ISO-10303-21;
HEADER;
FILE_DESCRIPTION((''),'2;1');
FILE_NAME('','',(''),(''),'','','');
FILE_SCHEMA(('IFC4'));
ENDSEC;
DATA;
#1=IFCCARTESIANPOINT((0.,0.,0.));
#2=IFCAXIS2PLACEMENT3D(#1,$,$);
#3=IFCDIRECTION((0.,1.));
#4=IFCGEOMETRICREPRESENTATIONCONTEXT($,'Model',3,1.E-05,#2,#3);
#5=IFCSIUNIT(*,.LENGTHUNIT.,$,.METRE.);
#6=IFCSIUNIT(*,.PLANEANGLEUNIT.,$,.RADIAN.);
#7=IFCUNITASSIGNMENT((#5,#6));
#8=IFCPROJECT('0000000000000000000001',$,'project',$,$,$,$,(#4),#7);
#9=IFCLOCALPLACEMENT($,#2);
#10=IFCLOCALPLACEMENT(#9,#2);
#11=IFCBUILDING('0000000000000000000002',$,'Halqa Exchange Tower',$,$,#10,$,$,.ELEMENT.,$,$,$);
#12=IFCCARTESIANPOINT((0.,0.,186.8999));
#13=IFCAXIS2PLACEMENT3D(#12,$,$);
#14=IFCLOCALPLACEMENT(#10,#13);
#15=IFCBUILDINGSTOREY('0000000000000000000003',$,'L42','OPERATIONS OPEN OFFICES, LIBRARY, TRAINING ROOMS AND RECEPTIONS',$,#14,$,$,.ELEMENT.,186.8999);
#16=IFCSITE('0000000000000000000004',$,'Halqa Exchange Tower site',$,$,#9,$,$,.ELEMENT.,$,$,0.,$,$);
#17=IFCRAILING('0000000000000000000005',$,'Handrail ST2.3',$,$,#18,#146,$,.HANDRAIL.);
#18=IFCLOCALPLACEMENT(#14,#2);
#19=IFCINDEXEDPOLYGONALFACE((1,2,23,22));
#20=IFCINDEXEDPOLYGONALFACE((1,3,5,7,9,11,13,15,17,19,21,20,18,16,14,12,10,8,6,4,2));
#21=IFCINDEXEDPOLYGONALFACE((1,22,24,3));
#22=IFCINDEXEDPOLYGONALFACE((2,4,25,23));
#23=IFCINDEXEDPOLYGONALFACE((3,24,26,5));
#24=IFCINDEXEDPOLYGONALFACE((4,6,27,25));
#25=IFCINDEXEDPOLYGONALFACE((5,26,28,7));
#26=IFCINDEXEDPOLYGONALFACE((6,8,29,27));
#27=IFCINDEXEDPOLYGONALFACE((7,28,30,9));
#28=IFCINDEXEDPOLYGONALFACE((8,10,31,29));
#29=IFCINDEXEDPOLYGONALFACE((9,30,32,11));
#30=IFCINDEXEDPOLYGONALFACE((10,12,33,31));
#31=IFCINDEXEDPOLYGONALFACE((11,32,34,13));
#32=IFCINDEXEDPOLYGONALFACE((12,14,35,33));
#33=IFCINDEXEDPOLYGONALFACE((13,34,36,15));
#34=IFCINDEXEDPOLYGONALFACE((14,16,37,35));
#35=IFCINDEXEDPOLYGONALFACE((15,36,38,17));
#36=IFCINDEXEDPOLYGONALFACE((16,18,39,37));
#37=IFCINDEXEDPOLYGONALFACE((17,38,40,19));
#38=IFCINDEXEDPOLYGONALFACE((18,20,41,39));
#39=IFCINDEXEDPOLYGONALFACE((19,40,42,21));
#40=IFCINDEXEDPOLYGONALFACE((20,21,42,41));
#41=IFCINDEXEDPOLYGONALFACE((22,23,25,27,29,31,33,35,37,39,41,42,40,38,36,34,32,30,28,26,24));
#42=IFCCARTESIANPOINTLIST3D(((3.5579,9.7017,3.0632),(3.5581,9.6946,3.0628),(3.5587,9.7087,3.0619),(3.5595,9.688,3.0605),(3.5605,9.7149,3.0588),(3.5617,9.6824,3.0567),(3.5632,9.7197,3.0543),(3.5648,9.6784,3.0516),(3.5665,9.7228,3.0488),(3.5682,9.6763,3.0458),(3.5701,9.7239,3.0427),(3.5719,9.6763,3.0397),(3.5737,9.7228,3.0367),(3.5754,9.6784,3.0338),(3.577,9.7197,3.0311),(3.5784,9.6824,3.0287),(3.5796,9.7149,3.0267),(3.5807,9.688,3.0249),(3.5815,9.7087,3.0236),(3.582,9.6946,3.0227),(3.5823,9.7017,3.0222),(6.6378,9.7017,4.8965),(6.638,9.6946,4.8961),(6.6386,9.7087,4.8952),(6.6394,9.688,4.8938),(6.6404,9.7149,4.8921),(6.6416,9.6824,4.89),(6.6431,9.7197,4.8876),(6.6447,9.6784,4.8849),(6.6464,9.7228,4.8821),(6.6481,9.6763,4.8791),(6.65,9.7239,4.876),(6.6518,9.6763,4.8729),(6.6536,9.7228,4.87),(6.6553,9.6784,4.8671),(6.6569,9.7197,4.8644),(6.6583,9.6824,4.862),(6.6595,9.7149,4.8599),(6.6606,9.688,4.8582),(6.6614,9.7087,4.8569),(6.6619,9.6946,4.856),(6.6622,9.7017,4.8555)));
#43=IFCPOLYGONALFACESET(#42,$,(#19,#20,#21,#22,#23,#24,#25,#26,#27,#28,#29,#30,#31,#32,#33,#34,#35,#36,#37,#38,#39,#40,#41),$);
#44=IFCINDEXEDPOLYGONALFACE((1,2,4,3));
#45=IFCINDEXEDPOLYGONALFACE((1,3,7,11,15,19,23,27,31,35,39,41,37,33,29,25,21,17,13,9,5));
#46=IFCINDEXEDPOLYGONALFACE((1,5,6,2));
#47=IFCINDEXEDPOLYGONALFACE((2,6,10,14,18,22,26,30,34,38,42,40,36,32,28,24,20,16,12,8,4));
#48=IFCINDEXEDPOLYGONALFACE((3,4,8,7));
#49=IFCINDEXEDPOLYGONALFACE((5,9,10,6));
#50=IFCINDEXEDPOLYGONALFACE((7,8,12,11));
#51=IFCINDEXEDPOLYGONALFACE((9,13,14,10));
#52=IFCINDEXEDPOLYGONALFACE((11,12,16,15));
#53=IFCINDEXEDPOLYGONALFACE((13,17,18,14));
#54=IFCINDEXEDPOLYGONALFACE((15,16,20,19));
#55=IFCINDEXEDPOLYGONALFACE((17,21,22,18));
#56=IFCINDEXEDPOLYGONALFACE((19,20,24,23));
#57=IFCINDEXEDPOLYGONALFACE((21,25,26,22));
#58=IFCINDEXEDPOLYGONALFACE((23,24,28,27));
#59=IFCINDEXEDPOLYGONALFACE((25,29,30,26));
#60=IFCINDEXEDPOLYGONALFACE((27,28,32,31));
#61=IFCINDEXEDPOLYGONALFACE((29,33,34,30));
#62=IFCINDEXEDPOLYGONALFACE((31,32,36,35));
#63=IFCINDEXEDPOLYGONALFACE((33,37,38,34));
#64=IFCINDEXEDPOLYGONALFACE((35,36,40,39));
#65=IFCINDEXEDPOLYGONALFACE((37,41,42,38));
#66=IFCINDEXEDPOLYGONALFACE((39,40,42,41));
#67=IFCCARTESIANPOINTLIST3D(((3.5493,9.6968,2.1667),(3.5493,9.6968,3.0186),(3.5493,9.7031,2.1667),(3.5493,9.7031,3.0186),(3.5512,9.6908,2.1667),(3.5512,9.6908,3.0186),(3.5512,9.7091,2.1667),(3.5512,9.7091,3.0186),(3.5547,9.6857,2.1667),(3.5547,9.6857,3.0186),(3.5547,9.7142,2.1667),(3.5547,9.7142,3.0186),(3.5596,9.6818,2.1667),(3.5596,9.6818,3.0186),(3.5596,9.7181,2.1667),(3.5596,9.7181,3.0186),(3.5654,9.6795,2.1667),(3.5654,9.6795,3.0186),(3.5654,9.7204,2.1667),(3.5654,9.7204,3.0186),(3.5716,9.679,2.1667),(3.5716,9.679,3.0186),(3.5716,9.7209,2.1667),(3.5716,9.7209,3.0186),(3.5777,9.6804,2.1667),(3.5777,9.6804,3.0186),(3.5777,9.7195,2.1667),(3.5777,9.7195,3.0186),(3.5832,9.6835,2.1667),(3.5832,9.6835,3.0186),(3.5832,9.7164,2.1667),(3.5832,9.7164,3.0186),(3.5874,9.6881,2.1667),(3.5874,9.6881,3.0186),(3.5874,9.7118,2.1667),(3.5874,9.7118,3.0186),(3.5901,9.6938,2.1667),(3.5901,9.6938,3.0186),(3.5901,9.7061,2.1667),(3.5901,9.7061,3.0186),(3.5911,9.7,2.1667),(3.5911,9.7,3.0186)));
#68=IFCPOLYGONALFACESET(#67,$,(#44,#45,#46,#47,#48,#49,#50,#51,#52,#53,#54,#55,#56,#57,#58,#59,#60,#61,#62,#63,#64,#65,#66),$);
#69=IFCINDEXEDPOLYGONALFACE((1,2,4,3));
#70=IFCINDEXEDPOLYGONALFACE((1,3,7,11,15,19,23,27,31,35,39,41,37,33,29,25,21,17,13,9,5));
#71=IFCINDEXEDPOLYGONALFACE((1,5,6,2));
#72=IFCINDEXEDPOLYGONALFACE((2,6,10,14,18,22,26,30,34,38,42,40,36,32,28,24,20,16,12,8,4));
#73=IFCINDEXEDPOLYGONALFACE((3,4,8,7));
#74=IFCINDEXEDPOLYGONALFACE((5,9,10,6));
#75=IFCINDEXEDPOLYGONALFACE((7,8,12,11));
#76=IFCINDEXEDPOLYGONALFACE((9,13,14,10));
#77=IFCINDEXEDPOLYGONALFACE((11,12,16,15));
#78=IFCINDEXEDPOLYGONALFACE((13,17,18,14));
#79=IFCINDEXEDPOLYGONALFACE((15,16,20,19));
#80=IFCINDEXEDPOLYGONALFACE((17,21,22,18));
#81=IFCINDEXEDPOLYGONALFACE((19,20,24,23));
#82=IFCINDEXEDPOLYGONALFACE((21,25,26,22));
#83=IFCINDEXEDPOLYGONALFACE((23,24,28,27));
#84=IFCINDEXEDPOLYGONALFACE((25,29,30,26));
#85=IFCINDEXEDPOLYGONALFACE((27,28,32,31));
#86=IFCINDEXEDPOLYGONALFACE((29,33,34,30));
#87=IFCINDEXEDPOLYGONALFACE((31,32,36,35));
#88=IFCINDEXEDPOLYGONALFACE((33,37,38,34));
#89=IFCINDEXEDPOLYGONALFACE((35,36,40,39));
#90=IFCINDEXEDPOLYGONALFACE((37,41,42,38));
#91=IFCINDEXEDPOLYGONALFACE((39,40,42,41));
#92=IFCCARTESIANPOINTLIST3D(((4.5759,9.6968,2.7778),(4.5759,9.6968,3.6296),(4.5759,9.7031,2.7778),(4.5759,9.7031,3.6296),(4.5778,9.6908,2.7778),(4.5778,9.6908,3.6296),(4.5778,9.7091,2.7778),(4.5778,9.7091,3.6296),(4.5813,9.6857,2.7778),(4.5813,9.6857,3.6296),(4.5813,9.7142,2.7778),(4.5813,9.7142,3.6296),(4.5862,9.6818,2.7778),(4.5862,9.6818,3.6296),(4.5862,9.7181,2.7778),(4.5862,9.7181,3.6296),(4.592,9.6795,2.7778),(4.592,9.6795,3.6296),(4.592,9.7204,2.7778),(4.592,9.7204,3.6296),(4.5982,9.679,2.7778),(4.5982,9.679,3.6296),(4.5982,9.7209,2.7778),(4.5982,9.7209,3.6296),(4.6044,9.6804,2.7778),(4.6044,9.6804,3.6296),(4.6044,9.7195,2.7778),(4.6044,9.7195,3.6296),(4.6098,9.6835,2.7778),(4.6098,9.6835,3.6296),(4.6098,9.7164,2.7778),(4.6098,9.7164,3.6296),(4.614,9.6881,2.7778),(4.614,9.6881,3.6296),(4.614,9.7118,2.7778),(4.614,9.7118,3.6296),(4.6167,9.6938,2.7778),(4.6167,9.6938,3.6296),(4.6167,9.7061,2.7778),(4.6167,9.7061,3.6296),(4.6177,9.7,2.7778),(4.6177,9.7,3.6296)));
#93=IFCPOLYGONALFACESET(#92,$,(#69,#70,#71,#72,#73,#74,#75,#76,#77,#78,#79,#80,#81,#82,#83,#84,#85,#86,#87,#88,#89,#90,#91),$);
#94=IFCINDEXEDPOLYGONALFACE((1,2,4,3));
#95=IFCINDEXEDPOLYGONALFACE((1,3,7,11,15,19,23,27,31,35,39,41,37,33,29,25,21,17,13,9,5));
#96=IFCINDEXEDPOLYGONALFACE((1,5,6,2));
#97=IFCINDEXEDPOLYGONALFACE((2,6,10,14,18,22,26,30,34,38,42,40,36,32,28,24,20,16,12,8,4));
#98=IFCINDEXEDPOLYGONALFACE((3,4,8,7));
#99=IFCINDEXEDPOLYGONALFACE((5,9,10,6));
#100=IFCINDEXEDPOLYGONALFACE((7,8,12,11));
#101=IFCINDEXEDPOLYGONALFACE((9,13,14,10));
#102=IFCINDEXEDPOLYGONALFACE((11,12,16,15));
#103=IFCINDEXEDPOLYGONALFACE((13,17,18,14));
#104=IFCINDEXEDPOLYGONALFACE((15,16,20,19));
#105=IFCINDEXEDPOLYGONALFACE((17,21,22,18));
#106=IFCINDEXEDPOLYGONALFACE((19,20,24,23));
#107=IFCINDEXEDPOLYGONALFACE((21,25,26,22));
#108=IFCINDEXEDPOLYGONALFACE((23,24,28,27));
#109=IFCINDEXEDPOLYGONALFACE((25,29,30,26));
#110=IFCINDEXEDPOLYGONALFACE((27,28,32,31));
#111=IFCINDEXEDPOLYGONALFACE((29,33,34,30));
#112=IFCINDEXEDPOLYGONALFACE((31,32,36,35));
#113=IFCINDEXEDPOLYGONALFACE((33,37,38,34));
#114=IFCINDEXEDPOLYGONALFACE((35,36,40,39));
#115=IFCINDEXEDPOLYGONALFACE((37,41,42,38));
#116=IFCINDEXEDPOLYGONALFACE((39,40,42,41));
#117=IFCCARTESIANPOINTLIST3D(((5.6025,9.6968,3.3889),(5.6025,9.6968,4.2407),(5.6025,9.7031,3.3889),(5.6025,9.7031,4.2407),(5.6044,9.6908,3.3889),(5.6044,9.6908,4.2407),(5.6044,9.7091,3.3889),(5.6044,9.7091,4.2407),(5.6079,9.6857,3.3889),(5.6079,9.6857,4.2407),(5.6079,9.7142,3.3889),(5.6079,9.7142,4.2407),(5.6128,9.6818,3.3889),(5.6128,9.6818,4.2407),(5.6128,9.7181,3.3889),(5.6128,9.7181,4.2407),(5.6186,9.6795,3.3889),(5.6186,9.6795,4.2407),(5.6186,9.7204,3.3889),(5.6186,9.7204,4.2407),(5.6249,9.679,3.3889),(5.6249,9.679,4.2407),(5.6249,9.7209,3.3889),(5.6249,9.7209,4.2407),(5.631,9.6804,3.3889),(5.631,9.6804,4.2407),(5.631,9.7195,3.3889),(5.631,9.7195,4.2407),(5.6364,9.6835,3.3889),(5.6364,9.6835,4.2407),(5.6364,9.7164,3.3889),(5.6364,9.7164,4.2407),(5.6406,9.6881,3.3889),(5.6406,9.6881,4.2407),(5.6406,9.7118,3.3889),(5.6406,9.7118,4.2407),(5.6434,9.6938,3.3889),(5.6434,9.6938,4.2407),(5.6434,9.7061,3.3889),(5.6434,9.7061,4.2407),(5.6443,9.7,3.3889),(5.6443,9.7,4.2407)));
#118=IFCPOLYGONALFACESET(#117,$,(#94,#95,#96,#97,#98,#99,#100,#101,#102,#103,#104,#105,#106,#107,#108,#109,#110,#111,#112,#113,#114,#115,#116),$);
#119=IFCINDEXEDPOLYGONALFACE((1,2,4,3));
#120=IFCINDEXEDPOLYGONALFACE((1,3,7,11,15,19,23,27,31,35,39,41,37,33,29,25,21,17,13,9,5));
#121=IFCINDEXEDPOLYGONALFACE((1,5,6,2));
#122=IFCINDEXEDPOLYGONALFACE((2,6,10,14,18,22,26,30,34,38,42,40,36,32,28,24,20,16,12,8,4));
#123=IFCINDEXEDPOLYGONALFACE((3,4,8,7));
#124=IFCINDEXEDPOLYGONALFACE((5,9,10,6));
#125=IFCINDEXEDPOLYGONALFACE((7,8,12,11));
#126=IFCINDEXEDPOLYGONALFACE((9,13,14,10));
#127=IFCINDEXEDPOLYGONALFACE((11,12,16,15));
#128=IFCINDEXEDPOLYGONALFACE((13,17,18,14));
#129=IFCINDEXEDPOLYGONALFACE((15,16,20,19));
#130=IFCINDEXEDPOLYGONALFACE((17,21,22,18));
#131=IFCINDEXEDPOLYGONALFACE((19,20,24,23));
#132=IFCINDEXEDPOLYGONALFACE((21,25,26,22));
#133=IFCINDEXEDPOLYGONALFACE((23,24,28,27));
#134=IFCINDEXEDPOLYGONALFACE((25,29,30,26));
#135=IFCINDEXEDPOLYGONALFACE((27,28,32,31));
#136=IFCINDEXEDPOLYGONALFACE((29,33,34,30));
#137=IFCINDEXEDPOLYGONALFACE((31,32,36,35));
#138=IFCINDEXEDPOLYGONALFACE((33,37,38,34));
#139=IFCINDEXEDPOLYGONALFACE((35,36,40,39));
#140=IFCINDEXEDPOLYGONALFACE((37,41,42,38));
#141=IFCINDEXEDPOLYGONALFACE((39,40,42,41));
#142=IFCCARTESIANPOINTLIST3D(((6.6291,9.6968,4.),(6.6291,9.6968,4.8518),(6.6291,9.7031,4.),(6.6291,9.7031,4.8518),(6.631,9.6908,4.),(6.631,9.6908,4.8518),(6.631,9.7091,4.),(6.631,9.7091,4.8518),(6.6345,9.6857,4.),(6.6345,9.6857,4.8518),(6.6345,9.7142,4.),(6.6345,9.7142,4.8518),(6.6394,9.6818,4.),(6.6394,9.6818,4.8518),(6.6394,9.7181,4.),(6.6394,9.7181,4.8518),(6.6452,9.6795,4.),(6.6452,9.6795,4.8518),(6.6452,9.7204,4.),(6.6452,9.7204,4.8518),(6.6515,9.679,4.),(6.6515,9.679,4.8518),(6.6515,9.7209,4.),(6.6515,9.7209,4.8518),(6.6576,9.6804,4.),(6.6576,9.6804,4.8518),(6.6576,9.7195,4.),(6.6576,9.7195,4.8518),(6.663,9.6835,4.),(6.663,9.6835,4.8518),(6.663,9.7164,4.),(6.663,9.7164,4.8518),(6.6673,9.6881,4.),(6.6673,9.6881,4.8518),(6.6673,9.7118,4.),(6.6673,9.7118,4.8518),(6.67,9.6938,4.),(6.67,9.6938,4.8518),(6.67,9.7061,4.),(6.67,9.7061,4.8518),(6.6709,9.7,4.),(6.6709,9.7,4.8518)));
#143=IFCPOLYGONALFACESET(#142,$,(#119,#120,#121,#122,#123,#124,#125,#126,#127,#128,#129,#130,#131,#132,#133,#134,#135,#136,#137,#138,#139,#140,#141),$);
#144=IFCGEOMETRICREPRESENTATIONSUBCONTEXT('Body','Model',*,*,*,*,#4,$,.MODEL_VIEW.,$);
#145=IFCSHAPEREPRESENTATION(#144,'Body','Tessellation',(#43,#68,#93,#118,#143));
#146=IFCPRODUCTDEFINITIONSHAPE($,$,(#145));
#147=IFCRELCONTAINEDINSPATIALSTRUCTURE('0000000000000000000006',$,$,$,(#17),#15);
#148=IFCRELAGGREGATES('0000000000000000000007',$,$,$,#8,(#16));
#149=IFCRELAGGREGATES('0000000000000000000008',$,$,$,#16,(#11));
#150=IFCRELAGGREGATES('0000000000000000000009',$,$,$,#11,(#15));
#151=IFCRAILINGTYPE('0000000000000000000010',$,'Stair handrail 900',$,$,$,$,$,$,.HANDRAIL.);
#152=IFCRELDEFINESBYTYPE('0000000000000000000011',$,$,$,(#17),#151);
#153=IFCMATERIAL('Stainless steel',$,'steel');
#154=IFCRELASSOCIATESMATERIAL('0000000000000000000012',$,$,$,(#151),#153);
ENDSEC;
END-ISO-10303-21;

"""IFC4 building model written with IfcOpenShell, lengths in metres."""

from ifc_helpers import new_model, si_unit, direction, frame, origin, origin_2d, place, context, subcontext, project, spatial, circle, extrude, material, type_object, element, save


model = new_model("IFC4")

# Units and contexts
model_context = context("Model", 3, precision=1e-05, world=origin(), true_north=direction((0.0, 1.0)))
body_context = subcontext(model_context, "Body", "Model", "MODEL_VIEW")
ifc_project = project(units=[si_unit("LENGTHUNIT", "METRE"), si_unit("PLANEANGLEUNIT", "RADIAN")], contexts=[model_context])

# Site, building, storey
site_placement = place(None, origin())
site = spatial("IfcSite", under=ifc_project, at=site_placement, Name="Halqa Exchange Tower site", CompositionType="ELEMENT", RefElevation=0.0)
building_placement = place(site_placement, origin())
building = spatial("IfcBuilding", under=site, at=building_placement, Name="Halqa Exchange Tower", CompositionType="ELEMENT")
storey_placement = place(building_placement, frame((0.0, 0.0, 186.8999)))
storey = spatial("IfcBuildingStorey", under=building, at=storey_placement, Name="L42", Description="OPERATIONS OPEN OFFICES, LIBRARY, TRAINING ROOMS AND RECEPTIONS", CompositionType="ELEMENT", Elevation=186.8999)

# Railing
ifc_material_1 = material(Name="Stainless steel", Category="steel")
railing_type_1 = type_object("IfcRailingType", Name="Stair handrail 900", PredefinedType="HANDRAIL", material=ifc_material_1)
railing_1_placement = place(storey_placement, frame((3.5701, 9.7, 2.1667)))
element("IfcRailing", 1, at=railing_1_placement, inside=storey, type_object=railing_type_1, Name="Handrail ST2.3", PredefinedType="HANDRAIL", context=body_context, shape_type="SweptSolid", body=[
    extrude(circle(Radius=0.0239, at=origin_2d()), frame((0.0, 0.0, 0.876), z_axis=(0.859291, 0.0, 0.511487), x_axis=(0.0, 1.0, 0.0)), (0.0, 0.0, 1.0), 3.5842),
    extrude(circle(Radius=0.021, at=origin_2d()), origin(), (0.0, 0.0, 1.0), 0.8518),
    extrude(circle(Radius=0.021, at=origin_2d()), frame((1.0266, 0.0, 0.6111)), (0.0, 0.0, 1.0), 0.8518),
    extrude(circle(Radius=0.021, at=origin_2d()), frame((2.0532, 0.0, 1.2222)), (0.0, 0.0, 1.0), 0.8518),
    extrude(circle(Radius=0.021, at=origin_2d()), frame((3.0798, 0.0, 1.8333)), (0.0, 0.0, 1.0), 0.8518),
])

save(model, "model.ifc")
